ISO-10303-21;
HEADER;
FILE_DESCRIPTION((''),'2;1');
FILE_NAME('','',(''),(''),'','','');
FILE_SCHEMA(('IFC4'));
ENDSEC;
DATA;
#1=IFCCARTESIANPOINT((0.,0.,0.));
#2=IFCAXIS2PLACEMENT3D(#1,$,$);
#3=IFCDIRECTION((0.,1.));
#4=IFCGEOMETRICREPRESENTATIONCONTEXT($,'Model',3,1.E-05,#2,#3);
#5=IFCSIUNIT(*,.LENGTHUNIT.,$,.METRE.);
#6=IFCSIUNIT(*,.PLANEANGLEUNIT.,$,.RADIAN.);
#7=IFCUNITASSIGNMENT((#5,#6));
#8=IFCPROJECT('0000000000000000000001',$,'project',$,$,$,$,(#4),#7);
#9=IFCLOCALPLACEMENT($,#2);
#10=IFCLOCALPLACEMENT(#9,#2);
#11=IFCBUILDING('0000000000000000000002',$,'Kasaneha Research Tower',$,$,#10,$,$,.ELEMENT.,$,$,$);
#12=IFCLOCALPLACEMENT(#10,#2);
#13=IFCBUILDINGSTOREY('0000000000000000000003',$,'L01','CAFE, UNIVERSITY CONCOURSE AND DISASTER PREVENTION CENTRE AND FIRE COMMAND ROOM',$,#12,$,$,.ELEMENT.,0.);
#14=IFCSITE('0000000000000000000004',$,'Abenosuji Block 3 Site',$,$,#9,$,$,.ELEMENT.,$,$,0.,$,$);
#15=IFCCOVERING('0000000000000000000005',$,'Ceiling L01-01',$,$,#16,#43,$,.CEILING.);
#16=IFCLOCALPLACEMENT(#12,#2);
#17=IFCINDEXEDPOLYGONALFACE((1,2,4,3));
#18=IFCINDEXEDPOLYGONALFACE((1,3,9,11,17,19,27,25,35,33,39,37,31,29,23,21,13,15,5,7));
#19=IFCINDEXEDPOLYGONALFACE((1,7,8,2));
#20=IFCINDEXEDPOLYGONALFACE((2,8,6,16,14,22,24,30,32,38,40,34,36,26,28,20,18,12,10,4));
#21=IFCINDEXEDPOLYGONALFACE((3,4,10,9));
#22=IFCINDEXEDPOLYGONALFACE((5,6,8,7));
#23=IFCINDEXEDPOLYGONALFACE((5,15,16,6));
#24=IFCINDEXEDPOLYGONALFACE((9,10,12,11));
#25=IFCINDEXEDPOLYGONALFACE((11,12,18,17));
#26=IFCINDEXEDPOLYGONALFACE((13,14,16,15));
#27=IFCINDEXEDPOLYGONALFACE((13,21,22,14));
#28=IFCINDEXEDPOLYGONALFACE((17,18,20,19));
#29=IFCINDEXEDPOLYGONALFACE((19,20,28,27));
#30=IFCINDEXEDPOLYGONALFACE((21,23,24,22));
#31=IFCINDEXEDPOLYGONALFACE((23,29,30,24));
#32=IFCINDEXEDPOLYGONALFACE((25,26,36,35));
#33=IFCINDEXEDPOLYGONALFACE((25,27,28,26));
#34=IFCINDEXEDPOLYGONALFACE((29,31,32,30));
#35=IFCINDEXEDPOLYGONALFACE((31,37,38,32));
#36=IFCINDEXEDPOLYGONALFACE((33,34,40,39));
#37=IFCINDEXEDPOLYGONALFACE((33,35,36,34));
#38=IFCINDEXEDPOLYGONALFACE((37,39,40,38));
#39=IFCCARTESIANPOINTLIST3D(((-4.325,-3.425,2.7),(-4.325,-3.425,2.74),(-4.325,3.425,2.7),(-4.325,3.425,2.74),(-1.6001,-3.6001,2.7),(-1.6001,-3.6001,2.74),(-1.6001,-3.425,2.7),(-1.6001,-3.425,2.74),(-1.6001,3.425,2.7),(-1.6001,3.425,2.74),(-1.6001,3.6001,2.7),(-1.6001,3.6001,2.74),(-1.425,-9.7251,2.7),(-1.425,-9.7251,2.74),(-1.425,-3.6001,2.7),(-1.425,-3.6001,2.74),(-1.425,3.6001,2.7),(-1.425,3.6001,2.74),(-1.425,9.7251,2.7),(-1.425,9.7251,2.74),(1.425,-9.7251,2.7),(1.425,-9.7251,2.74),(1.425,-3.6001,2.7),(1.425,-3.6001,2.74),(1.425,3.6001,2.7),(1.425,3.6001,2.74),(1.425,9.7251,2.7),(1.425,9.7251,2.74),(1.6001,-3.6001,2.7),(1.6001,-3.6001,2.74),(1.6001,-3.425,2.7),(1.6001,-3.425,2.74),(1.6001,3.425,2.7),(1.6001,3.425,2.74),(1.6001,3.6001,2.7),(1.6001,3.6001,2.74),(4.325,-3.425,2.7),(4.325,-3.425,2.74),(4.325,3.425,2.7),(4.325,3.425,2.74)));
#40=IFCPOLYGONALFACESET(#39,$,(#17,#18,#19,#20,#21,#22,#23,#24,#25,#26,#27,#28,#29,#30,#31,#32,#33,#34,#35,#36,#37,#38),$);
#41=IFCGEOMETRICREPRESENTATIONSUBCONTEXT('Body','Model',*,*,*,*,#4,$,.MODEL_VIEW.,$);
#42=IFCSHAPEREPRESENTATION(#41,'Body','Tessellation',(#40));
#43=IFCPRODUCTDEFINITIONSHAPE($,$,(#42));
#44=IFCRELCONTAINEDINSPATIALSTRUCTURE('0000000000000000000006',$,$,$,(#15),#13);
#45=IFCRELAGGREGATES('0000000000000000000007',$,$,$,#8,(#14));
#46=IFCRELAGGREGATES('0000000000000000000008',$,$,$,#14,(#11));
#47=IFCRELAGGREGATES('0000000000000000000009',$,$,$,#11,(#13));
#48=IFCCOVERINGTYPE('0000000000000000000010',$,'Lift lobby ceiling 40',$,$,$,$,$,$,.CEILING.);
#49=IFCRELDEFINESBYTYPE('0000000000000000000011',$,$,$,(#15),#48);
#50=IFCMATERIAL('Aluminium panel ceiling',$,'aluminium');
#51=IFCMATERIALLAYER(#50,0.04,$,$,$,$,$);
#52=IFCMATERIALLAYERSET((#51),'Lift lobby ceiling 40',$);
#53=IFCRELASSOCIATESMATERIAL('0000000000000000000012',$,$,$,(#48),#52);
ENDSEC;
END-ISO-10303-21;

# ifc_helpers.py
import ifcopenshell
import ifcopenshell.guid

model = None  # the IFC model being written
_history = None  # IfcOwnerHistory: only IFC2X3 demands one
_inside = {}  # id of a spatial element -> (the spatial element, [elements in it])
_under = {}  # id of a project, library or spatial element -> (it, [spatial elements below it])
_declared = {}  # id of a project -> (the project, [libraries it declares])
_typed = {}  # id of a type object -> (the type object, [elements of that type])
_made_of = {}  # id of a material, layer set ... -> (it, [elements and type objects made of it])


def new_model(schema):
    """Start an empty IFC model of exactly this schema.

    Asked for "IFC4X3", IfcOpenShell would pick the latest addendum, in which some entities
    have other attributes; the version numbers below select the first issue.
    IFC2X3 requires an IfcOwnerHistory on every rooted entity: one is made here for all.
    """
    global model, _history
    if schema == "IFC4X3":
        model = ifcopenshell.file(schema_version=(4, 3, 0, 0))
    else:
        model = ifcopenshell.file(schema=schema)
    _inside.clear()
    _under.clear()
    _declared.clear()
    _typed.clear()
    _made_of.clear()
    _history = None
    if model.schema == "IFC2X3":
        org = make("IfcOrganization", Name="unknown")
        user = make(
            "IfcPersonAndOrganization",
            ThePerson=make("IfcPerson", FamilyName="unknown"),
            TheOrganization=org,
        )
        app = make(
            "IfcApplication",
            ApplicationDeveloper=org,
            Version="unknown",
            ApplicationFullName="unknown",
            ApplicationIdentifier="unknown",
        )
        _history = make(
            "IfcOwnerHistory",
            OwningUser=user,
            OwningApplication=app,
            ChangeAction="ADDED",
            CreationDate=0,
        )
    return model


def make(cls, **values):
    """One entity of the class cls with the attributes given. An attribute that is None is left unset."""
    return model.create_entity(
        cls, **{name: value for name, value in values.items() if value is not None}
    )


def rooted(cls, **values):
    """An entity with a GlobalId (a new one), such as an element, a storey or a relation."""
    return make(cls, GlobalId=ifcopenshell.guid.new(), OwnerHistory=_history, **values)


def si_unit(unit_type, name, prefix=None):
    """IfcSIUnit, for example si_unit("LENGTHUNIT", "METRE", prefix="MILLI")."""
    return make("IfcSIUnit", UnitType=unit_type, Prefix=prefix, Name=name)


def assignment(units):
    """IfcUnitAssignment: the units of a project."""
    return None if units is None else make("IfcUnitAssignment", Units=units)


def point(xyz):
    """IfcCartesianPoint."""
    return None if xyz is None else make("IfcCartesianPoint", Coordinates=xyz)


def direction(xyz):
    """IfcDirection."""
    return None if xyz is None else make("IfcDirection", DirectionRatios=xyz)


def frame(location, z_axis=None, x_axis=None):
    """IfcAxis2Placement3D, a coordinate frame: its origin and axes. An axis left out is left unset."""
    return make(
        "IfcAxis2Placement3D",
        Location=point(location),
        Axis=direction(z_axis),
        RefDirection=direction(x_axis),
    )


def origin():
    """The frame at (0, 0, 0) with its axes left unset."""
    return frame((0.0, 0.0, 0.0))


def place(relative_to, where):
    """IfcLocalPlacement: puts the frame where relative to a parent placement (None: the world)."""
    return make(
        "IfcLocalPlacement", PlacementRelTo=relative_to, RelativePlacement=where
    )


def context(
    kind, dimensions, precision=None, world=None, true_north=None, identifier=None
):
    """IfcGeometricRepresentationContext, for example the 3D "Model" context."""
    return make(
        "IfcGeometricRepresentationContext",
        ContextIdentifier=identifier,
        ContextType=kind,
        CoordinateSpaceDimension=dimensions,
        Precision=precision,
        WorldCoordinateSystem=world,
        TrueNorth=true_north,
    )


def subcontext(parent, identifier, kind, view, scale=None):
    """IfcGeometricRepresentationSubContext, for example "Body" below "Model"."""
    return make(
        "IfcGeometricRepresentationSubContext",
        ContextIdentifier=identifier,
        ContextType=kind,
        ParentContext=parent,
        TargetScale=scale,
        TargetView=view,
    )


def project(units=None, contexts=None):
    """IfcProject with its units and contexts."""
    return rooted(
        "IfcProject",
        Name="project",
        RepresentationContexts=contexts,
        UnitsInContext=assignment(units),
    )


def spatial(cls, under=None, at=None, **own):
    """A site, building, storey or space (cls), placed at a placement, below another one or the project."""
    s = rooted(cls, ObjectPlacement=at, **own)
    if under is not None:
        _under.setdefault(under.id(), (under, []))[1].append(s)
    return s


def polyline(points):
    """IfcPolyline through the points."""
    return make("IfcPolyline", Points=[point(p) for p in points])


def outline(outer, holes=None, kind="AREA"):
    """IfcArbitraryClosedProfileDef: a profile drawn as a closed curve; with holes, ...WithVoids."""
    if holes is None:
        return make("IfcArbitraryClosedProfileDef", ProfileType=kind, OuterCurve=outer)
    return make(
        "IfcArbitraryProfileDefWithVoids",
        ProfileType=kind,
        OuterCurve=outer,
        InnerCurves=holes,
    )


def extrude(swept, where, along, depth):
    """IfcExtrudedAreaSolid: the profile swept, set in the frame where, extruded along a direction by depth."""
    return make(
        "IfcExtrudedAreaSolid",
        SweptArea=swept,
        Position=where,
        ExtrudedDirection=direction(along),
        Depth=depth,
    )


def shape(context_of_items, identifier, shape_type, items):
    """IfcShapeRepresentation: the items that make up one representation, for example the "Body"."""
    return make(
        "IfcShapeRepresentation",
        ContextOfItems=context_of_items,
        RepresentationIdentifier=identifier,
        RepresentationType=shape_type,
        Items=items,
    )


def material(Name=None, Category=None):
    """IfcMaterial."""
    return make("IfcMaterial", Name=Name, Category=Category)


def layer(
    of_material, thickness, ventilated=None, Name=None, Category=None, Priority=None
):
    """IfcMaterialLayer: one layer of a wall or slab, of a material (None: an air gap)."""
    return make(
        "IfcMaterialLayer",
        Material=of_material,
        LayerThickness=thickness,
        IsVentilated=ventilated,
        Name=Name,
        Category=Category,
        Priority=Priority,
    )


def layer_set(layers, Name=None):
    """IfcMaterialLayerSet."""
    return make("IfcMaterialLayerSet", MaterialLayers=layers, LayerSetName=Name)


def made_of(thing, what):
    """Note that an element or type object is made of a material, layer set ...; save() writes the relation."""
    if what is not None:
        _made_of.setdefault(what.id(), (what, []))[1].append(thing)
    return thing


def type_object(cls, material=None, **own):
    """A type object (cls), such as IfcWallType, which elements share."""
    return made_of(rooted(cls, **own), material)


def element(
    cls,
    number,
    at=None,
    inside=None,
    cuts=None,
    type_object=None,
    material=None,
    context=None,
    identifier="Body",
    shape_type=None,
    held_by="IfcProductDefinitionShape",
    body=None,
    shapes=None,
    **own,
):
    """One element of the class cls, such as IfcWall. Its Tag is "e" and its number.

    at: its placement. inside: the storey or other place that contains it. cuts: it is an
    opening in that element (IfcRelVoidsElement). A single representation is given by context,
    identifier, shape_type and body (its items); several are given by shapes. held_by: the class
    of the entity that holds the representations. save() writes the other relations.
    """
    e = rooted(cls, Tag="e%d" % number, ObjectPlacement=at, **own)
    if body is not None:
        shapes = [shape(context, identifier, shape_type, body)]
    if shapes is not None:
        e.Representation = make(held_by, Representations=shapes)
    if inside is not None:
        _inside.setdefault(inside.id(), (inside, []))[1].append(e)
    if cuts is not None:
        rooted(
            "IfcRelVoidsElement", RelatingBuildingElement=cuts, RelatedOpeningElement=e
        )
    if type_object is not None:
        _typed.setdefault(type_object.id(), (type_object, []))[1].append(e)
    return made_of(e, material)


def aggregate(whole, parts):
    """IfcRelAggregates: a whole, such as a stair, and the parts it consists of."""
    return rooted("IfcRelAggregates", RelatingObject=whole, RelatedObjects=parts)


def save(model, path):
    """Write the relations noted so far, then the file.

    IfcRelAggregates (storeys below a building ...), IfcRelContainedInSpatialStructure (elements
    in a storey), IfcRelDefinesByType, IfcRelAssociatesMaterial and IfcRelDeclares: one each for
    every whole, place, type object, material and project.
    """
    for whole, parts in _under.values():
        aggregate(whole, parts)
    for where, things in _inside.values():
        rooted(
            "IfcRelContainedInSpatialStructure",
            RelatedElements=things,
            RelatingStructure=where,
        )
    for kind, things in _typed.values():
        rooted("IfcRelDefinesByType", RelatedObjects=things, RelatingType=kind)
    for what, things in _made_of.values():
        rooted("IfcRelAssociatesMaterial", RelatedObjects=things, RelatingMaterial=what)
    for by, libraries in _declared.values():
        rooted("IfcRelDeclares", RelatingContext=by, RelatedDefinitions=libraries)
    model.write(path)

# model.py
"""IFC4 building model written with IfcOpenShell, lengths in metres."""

from ifc_helpers import new_model, si_unit, direction, frame, origin, place, context, subcontext, project, spatial, polyline, outline, extrude, material, layer, layer_set, type_object, element, save


model = new_model("IFC4")

# Units and contexts
model_context = context("Model", 3, precision=1e-05, world=origin(), true_north=direction((0.0, 1.0)))
body_context = subcontext(model_context, "Body", "Model", "MODEL_VIEW")
ifc_project = project(units=[si_unit("LENGTHUNIT", "METRE"), si_unit("PLANEANGLEUNIT", "RADIAN")], contexts=[model_context])

# Site, building, storey
site_placement = place(None, origin())
site = spatial("IfcSite", under=ifc_project, at=site_placement, Name="Abenosuji Block 3 Site", CompositionType="ELEMENT", RefElevation=0.0)
building_placement = place(site_placement, origin())
building = spatial("IfcBuilding", under=site, at=building_placement, Name="Kasaneha Research Tower", CompositionType="ELEMENT")
storey_placement = place(building_placement, origin())
storey = spatial("IfcBuildingStorey", under=building, at=storey_placement, Name="L01", Description="CAFE, UNIVERSITY CONCOURSE AND DISASTER PREVENTION CENTRE AND FIRE COMMAND ROOM", CompositionType="ELEMENT", Elevation=0.0)

# Covering
ifc_material_1 = material(Name="Aluminium panel ceiling", Category="aluminium")
ifc_layer_1 = layer(ifc_material_1, 0.04)
ifc_layer_set_1 = layer_set([ifc_layer_1], Name="Lift lobby ceiling 40")
covering_type_1 = type_object("IfcCoveringType", Name="Lift lobby ceiling 40", PredefinedType="CEILING", material=ifc_layer_set_1)
covering_1_placement = place(storey_placement, frame((0.0, 0.0, 2.7)))
element("IfcCovering", 1, at=covering_1_placement, inside=storey, type_object=covering_type_1, Name="Ceiling L01-01", PredefinedType="CEILING", context=body_context, shape_type="SweptSolid", body=[
    extrude(outline(polyline([(1.425, 9.7251), (1.425, 3.6001), (1.6001, 3.6001), (1.6001, 3.425), (4.325, 3.425), (4.325, -3.425), (1.6001, -3.425), (1.6001, -3.6001), (1.425, -3.6001), (1.425, -9.7251), (-1.425, -9.7251), (-1.425, -3.6001), (-1.6001, -3.6001), (-1.6001, -3.425), (-4.325, -3.425), (-4.325, 3.425), (-1.6001, 3.425), (-1.6001, 3.6001), (-1.425, 3.6001), (-1.425, 9.7251), (1.425, 9.7251)])), origin(), (0.0, 0.0, 1.0), 0.04),
])

save(model, "model.ifc")
